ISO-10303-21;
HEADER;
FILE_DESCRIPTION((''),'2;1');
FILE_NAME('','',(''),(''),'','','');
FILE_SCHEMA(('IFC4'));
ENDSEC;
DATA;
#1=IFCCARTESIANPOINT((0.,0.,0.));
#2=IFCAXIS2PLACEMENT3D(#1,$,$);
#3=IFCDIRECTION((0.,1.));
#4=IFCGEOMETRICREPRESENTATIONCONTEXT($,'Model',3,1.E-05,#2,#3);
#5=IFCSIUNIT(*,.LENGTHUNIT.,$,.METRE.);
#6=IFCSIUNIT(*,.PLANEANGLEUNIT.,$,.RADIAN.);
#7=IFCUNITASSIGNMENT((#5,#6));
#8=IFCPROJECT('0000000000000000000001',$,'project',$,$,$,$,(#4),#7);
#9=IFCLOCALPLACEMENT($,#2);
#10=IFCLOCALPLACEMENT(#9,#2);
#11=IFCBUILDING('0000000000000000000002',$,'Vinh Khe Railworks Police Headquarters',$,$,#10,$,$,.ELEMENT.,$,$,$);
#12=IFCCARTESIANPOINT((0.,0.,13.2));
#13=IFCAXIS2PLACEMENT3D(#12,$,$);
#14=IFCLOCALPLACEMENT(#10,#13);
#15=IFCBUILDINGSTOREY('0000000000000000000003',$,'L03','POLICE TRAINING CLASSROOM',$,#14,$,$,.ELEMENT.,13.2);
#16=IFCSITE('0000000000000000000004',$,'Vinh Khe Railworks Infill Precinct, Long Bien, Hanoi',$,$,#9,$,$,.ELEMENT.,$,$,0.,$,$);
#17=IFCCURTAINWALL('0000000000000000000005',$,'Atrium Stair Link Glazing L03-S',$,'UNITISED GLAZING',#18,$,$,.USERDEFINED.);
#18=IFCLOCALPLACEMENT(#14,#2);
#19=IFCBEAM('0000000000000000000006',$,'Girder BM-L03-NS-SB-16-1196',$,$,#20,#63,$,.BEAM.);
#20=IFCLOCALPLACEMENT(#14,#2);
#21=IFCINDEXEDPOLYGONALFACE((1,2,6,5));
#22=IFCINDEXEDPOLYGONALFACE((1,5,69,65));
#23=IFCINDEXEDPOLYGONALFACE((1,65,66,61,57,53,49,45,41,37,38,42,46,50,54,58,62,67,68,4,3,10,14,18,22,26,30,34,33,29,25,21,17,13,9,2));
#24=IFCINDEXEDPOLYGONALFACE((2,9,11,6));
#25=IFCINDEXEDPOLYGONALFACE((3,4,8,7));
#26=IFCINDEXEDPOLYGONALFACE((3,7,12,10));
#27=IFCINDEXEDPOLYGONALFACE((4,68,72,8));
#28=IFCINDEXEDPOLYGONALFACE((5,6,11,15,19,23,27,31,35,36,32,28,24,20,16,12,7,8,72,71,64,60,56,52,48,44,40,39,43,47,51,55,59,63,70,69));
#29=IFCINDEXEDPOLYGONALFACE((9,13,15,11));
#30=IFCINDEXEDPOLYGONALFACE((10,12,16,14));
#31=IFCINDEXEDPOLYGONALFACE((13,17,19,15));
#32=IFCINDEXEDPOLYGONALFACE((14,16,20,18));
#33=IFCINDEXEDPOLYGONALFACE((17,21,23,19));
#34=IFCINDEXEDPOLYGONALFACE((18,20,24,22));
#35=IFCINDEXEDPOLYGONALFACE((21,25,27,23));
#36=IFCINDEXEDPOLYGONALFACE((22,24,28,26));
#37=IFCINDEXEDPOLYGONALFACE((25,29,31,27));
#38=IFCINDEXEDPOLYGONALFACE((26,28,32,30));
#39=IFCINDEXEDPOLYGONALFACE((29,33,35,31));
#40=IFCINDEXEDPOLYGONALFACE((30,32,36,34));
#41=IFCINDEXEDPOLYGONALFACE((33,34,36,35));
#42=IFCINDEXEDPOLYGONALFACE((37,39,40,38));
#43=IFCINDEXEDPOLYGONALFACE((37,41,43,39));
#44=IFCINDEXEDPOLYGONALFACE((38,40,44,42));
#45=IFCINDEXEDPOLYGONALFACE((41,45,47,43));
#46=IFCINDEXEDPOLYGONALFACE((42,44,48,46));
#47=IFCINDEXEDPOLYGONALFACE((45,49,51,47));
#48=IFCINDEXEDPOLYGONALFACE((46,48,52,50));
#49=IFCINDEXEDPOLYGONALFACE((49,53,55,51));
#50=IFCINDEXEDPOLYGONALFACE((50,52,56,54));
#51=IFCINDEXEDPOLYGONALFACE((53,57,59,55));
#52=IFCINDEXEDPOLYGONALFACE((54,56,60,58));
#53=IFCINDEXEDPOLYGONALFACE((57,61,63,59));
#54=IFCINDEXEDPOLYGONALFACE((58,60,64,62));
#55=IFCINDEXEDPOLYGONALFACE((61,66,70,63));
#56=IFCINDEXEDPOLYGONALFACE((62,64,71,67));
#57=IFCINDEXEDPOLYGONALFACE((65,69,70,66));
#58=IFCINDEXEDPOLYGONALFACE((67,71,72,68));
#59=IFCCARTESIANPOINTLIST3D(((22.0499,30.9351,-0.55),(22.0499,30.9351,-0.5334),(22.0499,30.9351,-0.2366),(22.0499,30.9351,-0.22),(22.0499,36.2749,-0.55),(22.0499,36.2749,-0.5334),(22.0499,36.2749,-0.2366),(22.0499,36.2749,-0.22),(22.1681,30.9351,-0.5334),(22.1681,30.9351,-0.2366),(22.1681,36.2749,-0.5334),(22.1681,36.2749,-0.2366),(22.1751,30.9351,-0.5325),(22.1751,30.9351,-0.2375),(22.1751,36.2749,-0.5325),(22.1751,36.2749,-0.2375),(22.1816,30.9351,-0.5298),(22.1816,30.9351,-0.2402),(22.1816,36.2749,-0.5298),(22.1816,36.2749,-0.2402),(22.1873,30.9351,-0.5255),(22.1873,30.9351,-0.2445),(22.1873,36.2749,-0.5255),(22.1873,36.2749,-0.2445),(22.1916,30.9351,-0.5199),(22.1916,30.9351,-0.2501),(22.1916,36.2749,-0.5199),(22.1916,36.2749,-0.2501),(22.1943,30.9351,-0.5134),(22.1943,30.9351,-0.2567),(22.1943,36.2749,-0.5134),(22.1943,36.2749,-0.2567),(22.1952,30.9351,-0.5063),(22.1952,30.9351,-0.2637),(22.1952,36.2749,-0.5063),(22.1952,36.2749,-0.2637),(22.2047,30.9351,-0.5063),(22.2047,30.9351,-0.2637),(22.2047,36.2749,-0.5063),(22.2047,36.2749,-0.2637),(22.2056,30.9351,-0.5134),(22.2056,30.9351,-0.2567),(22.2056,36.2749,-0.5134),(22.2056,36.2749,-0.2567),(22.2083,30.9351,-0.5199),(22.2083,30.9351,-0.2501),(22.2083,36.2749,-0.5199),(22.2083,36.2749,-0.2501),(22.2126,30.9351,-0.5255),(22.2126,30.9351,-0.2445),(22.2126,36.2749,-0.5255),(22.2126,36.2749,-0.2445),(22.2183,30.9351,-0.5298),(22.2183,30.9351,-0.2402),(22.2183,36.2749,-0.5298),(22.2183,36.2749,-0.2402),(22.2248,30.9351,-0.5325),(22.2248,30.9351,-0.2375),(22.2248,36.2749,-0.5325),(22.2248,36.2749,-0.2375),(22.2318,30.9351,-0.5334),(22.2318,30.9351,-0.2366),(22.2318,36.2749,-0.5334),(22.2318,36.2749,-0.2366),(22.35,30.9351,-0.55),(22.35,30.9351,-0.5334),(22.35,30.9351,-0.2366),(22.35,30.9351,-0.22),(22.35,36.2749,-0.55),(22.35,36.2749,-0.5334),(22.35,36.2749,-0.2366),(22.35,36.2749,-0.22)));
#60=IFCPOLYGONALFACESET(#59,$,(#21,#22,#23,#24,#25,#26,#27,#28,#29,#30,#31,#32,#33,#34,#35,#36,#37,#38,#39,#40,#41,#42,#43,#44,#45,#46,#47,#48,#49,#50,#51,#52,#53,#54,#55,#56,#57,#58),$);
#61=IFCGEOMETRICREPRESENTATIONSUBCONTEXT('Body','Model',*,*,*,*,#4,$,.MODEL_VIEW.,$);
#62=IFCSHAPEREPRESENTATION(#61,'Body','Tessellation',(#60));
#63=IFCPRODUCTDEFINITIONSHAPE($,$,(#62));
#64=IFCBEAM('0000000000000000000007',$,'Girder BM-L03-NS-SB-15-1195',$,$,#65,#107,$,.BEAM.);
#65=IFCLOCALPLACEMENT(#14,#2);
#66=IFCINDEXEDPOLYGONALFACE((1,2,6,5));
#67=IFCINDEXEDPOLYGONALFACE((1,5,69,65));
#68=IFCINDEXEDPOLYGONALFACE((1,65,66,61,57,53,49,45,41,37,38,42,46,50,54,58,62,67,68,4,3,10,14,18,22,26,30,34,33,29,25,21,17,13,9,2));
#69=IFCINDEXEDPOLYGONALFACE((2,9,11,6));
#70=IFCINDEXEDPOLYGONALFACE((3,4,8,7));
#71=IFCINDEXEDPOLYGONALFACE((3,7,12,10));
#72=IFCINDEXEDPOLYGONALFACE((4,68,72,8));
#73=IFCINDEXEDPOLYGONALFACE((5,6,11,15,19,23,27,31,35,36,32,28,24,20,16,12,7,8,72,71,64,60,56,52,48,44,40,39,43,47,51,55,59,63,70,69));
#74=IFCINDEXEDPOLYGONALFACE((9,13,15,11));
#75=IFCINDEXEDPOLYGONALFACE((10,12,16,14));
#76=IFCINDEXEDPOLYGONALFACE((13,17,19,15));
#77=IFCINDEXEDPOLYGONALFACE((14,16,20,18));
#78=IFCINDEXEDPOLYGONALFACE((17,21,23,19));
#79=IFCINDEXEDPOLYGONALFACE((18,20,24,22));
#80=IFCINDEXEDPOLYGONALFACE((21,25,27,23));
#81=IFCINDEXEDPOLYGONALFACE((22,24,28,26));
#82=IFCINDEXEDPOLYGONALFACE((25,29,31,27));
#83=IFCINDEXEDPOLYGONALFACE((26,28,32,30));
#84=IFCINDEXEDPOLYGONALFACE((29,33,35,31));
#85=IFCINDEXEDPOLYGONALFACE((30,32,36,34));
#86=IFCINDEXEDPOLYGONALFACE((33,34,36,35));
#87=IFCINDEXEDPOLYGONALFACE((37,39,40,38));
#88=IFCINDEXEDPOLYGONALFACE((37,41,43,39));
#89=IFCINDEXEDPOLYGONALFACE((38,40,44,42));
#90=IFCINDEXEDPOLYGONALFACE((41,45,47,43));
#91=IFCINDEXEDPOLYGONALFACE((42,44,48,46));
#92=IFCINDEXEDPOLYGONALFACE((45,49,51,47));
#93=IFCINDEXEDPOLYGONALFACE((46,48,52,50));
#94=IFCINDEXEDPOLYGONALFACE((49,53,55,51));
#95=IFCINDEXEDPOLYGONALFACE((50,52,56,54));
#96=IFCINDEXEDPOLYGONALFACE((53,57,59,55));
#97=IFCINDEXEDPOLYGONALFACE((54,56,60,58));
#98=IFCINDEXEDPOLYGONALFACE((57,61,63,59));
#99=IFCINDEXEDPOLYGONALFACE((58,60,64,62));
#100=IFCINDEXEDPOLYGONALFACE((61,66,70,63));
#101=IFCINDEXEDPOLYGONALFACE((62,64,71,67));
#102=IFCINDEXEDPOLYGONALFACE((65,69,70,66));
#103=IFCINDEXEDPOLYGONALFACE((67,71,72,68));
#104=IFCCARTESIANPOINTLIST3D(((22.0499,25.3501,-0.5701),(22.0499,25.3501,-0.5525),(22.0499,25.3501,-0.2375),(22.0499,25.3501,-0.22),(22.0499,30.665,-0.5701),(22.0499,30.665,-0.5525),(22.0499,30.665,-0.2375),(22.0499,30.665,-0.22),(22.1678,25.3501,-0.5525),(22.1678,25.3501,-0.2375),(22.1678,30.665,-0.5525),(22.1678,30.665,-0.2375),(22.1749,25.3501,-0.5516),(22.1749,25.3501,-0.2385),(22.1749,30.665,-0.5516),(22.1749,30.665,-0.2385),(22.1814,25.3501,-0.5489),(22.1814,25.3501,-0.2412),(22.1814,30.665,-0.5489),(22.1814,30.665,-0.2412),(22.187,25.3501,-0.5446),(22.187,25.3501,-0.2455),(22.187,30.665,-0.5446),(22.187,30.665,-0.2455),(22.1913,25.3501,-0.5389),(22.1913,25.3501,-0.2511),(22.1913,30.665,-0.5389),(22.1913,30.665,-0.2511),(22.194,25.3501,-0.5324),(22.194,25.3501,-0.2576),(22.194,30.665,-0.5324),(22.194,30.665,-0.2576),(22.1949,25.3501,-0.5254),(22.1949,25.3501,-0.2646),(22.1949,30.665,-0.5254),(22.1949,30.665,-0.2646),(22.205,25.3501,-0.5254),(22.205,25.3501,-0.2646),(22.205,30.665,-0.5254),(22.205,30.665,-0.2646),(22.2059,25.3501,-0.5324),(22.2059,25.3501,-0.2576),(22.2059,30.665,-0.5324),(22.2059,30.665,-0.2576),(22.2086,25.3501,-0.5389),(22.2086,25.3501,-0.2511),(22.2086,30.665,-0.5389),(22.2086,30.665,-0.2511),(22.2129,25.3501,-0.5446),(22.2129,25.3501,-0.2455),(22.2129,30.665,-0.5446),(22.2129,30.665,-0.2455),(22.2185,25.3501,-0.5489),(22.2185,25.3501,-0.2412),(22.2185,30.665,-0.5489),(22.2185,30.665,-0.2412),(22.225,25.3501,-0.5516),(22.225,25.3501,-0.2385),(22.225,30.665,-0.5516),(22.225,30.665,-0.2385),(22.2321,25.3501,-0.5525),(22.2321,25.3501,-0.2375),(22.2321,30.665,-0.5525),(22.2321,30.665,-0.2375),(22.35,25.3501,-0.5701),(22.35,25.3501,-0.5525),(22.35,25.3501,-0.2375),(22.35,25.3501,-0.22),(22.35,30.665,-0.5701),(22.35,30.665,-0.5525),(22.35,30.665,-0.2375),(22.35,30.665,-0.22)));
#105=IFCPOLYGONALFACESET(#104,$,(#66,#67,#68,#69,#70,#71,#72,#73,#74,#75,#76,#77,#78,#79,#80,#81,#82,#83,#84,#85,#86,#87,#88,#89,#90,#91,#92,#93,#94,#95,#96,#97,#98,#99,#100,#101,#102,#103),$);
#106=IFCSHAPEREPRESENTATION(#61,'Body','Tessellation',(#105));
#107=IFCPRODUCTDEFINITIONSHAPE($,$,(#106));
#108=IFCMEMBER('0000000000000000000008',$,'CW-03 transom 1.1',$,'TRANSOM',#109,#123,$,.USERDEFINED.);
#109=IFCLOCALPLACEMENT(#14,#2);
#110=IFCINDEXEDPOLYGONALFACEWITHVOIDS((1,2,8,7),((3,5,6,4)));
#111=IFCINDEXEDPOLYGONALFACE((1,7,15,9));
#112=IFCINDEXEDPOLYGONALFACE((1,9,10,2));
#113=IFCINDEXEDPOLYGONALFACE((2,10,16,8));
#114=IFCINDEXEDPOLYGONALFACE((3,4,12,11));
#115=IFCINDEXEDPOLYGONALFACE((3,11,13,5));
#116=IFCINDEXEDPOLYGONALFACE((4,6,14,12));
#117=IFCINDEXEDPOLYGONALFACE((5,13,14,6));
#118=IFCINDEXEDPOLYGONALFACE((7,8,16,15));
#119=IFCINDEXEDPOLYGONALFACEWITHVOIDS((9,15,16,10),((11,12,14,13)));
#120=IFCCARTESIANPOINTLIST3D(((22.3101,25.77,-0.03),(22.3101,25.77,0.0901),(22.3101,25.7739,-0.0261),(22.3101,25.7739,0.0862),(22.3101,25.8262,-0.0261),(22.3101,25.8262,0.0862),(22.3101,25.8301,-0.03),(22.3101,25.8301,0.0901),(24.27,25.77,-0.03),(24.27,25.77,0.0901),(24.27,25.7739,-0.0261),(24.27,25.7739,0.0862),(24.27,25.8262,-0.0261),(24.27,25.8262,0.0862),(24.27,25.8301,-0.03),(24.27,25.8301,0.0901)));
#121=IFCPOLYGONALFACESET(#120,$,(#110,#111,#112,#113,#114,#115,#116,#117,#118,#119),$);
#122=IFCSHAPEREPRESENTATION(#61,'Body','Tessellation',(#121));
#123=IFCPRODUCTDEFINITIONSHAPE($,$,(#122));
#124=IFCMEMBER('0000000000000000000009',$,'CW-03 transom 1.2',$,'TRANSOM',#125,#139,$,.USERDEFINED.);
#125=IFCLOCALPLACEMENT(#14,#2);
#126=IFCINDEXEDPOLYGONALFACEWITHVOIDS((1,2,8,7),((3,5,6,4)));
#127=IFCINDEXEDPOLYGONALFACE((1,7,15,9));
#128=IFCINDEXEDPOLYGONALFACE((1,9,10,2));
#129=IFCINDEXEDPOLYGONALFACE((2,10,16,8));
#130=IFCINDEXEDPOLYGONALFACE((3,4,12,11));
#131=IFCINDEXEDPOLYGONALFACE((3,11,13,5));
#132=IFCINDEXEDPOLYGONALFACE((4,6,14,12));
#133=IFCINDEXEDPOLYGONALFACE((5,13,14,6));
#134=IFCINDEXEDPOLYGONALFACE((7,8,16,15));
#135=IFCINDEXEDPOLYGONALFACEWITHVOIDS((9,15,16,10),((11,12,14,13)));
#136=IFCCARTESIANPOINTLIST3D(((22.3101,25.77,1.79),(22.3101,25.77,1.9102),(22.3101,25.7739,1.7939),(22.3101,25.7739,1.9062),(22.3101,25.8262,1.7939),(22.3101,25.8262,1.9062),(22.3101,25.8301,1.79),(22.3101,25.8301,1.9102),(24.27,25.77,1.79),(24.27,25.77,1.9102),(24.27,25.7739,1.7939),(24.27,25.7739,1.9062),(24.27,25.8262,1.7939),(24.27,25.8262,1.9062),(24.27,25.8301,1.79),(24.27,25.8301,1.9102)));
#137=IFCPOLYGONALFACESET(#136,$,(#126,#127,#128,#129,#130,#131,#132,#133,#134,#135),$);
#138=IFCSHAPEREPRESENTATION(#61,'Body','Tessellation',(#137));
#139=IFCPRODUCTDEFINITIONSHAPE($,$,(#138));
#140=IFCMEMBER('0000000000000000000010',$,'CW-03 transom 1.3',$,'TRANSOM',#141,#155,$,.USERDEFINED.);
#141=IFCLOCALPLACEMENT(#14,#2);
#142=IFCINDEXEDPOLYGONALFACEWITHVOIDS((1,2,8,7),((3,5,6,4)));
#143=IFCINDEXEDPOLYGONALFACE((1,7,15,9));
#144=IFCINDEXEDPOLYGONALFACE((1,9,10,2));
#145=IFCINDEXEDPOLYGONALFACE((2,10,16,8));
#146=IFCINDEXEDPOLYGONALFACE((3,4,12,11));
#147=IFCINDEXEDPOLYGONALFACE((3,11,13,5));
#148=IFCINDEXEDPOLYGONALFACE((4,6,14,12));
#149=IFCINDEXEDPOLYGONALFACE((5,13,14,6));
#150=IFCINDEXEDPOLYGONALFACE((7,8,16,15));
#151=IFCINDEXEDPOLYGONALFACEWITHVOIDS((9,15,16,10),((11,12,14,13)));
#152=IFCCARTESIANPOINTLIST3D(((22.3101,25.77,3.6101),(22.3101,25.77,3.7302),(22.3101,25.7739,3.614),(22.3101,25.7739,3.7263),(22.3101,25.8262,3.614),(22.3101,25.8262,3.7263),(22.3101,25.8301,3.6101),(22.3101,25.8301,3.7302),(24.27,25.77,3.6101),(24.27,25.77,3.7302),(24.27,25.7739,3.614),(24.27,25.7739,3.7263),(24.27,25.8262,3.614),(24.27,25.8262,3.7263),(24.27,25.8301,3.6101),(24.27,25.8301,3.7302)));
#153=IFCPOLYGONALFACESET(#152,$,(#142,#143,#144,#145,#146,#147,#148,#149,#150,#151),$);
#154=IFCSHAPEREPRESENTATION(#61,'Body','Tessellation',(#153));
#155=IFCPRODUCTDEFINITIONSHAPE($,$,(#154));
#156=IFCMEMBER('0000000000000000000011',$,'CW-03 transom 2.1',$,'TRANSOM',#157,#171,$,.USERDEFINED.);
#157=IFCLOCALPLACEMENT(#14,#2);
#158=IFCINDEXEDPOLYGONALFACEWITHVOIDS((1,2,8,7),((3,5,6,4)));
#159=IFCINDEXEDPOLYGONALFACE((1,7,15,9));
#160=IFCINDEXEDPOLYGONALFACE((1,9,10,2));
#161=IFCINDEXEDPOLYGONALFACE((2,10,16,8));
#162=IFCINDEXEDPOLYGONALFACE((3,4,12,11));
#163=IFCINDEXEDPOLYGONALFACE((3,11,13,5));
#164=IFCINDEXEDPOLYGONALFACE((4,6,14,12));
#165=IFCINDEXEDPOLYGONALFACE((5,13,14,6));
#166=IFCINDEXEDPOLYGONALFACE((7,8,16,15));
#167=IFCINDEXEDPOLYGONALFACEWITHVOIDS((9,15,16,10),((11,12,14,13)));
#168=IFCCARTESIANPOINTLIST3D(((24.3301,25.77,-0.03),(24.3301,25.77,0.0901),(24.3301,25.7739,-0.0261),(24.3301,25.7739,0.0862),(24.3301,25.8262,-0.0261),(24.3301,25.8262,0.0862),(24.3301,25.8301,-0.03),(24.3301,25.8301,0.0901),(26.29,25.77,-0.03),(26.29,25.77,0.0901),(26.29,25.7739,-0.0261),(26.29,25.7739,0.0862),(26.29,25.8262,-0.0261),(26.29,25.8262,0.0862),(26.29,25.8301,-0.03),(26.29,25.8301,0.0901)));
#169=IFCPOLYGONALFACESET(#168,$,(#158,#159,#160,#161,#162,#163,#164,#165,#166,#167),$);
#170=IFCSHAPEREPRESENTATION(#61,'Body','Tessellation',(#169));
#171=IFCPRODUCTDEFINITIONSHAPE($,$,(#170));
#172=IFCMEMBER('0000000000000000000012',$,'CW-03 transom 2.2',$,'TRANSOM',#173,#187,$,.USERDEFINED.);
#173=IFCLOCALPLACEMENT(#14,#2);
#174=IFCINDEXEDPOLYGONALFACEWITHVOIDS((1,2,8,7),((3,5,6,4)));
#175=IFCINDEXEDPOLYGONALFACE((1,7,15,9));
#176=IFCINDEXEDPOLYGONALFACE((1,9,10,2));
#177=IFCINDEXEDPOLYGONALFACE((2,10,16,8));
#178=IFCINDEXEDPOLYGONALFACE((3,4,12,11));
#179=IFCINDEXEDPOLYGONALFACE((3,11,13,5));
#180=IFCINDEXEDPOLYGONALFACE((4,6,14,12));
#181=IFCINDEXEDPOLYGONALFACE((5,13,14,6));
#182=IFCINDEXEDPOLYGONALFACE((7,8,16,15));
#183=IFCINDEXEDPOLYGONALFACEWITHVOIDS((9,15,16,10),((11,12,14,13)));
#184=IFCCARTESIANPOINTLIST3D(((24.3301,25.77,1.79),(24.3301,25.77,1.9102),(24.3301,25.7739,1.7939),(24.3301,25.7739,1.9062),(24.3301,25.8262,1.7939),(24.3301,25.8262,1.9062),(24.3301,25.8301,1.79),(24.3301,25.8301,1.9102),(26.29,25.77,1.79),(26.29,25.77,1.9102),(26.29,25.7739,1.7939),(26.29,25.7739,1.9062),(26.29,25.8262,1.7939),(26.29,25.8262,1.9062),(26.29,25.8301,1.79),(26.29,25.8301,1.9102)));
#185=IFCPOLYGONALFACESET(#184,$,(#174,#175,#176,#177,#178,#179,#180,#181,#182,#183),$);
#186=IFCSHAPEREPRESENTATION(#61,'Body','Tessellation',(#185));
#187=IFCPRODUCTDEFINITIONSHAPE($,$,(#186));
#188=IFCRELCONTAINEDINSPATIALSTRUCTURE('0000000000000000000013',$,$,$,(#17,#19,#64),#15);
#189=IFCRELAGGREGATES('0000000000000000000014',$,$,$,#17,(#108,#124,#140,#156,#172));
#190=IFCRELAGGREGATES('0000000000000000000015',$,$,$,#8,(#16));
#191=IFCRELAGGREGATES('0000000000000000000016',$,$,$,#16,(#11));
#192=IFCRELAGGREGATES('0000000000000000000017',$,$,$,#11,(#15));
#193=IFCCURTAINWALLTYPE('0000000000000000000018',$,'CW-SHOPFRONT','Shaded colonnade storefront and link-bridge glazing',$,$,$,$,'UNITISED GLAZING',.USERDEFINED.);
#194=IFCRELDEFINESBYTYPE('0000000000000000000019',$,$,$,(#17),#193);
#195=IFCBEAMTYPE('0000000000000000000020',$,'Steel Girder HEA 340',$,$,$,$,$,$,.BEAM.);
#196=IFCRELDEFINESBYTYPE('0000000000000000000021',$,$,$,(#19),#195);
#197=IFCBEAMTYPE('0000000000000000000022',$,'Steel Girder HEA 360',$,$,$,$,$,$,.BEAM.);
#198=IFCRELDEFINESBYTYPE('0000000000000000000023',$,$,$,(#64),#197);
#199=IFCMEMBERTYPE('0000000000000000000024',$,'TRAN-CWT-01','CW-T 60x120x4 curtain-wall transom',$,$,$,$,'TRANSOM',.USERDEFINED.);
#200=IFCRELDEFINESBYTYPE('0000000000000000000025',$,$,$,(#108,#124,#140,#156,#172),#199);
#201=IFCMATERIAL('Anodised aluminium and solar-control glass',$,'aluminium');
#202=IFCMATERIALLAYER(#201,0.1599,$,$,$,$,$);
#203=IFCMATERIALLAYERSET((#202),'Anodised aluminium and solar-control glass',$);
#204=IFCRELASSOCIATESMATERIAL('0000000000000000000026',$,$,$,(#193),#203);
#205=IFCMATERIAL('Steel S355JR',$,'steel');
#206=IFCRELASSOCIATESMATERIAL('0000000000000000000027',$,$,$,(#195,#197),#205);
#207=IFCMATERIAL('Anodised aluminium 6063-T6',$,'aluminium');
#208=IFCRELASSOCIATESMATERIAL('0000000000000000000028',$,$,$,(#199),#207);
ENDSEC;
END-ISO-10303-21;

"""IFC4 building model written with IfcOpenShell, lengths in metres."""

from ifc_helpers import new_model, si_unit, direction, frame, origin, origin_2d, place, context, subcontext, project, spatial, hollow_rectangle, i_section, extrude, material, layer, layer_set, material_profile, profile_set, type_object, element, aggregate, save


model = new_model("IFC4")

# Units and contexts
model_context = context("Model", 3, precision=1e-05, world=origin(), true_north=direction((0.0, 1.0)))
body_context = subcontext(model_context, "Body", "Model", "MODEL_VIEW")
ifc_project = project(units=[si_unit("LENGTHUNIT", "METRE"), si_unit("PLANEANGLEUNIT", "RADIAN")], contexts=[model_context])

# Site, building, storey
site_placement = place(None, origin())
site = spatial("IfcSite", under=ifc_project, at=site_placement, Name="Vinh Khe Railworks Infill Precinct, Long Bien, Hanoi", CompositionType="ELEMENT", RefElevation=0.0)
building_placement = place(site_placement, origin())
building = spatial("IfcBuilding", under=site, at=building_placement, Name="Vinh Khe Railworks Police Headquarters", CompositionType="ELEMENT")
storey_placement = place(building_placement, frame((0.0, 0.0, 13.2)))
storey = spatial("IfcBuildingStorey", under=building, at=storey_placement, Name="L03", Description="POLICE TRAINING CLASSROOM", CompositionType="ELEMENT", Elevation=13.2)

# Shared definitions
ifc_material_1 = material(Name="Steel S355JR", Category="steel")

# Curtain wall
ifc_material_2 = material(Name="Anodised aluminium and solar-control glass", Category="aluminium")
ifc_layer_1 = layer(ifc_material_2, 0.1599)
ifc_layer_set_1 = layer_set([ifc_layer_1], Name="Anodised aluminium and solar-control glass")
curtain_wall_type = type_object("IfcCurtainWallType", Name="CW-SHOPFRONT", Description="Shaded colonnade storefront and link-bridge glazing", ElementType="UNITISED GLAZING", PredefinedType="USERDEFINED", material=ifc_layer_set_1)
curtain_wall_1_placement = place(storey_placement, origin())
curtain_wall_1 = element("IfcCurtainWall", 1, at=curtain_wall_1_placement, inside=storey, type_object=curtain_wall_type, Name="Atrium Stair Link Glazing L03-S", ObjectType="UNITISED GLAZING", PredefinedType="USERDEFINED")
ifc_material_3 = material(Name="Anodised aluminium 6063-T6", Category="aluminium")

# Beams
ifc_material_profile_1 = material_profile(ifc_material_1, i_section(OverallWidth=0.3, OverallDepth=0.3301, WebThickness=0.0095, FlangeThickness=0.0166, FilletRadius=0.0271, at=origin_2d()), Name="HEA 340")
ifc_profile_set_1 = profile_set([ifc_material_profile_1], Name="Steel S355JR")
beam_type_1 = type_object("IfcBeamType", Name="Steel Girder HEA 340", PredefinedType="BEAM", material=ifc_profile_set_1)
beam_1_placement = place(storey_placement, frame((22.2, 30.9351, -0.385), z_axis=(0.0, 1.0, 0.0), x_axis=(-1.0, 0.0, 0.0)))
element("IfcBeam", 2, at=beam_1_placement, inside=storey, type_object=beam_type_1, Name="Girder BM-L03-NS-SB-16-1196", PredefinedType="BEAM", context=body_context, shape_type="SweptSolid", body=[
    extrude(i_section(OverallWidth=0.3, OverallDepth=0.3301, WebThickness=0.0095, FlangeThickness=0.0166, FilletRadius=0.0271, at=origin_2d()), origin(), (0.0, 0.0, 1.0), 5.3398),
])
ifc_material_profile_2 = material_profile(ifc_material_1, i_section(OverallWidth=0.3, OverallDepth=0.3501, WebThickness=0.01, FlangeThickness=0.0176, FilletRadius=0.0271, at=origin_2d()), Name="HEA 360")
ifc_profile_set_2 = profile_set([ifc_material_profile_2], Name="Steel S355JR")
beam_type_2 = type_object("IfcBeamType", Name="Steel Girder HEA 360", PredefinedType="BEAM", material=ifc_profile_set_2)
beam_2_placement = place(storey_placement, frame((22.2, 25.3501, -0.395), z_axis=(0.0, 1.0, 0.0), x_axis=(-1.0, 0.0, 0.0)))
element("IfcBeam", 3, at=beam_2_placement, inside=storey, type_object=beam_type_2, Name="Girder BM-L03-NS-SB-15-1195", PredefinedType="BEAM", context=body_context, shape_type="SweptSolid", body=[
    extrude(i_section(OverallWidth=0.3, OverallDepth=0.3501, WebThickness=0.01, FlangeThickness=0.0176, FilletRadius=0.0271, at=origin_2d()), origin(), (0.0, 0.0, 1.0), 5.3149),
])

# Members
ifc_material_profile_3 = material_profile(ifc_material_3, hollow_rectangle(XDim=0.0601, YDim=0.1201, WallThickness=0.0039, at=origin_2d()), Name="CW-T 60x120x4")
ifc_profile_set_3 = profile_set([ifc_material_profile_3], Name="Anodised aluminium 6063-T6")
member_type_1 = type_object("IfcMemberType", Name="TRAN-CWT-01", Description="CW-T 60x120x4 curtain-wall transom", ElementType="TRANSOM", PredefinedType="USERDEFINED", material=ifc_profile_set_3)
member_1_placement = place(storey_placement, frame((22.3101, 25.8, 0.03), z_axis=(1.0, 0.0, 0.0), x_axis=(0.0, 1.0, 0.0)))
member_1 = element("IfcMember", 4, at=member_1_placement, type_object=member_type_1, Name="CW-03 transom 1.1", ObjectType="TRANSOM", PredefinedType="USERDEFINED", context=body_context, shape_type="SweptSolid", body=[
    extrude(hollow_rectangle(XDim=0.0601, YDim=0.1201, WallThickness=0.0039, at=origin_2d()), origin(), (0.0, 0.0, 1.0), 1.96),
])
member_2_placement = place(storey_placement, frame((22.3101, 25.8, 1.8501), z_axis=(1.0, 0.0, 0.0), x_axis=(0.0, 1.0, 0.0)))
member_2 = element("IfcMember", 5, at=member_2_placement, type_object=member_type_1, Name="CW-03 transom 1.2", ObjectType="TRANSOM", PredefinedType="USERDEFINED", context=body_context, shape_type="SweptSolid", body=[
    extrude(hollow_rectangle(XDim=0.0601, YDim=0.1201, WallThickness=0.0039, at=origin_2d()), origin(), (0.0, 0.0, 1.0), 1.96),
])
member_3_placement = place(storey_placement, frame((22.3101, 25.8, 3.6702), z_axis=(1.0, 0.0, 0.0), x_axis=(0.0, 1.0, 0.0)))
member_3 = element("IfcMember", 6, at=member_3_placement, type_object=member_type_1, Name="CW-03 transom 1.3", ObjectType="TRANSOM", PredefinedType="USERDEFINED", context=body_context, shape_type="SweptSolid", body=[
    extrude(hollow_rectangle(XDim=0.0601, YDim=0.1201, WallThickness=0.0039, at=origin_2d()), origin(), (0.0, 0.0, 1.0), 1.96),
])
member_4_placement = place(storey_placement, frame((24.3301, 25.8, 0.03), z_axis=(1.0, 0.0, 0.0), x_axis=(0.0, 1.0, 0.0)))
member_4 = element("IfcMember", 7, at=member_4_placement, type_object=member_type_1, Name="CW-03 transom 2.1", ObjectType="TRANSOM", PredefinedType="USERDEFINED", context=body_context, shape_type="SweptSolid", body=[
    extrude(hollow_rectangle(XDim=0.0601, YDim=0.1201, WallThickness=0.0039, at=origin_2d()), origin(), (0.0, 0.0, 1.0), 1.96),
])
member_5_placement = place(storey_placement, frame((24.3301, 25.8, 1.8501), z_axis=(1.0, 0.0, 0.0), x_axis=(0.0, 1.0, 0.0)))
member_5 = element("IfcMember", 8, at=member_5_placement, type_object=member_type_1, Name="CW-03 transom 2.2", ObjectType="TRANSOM", PredefinedType="USERDEFINED", context=body_context, shape_type="SweptSolid", body=[
    extrude(hollow_rectangle(XDim=0.0601, YDim=0.1201, WallThickness=0.0039, at=origin_2d()), origin(), (0.0, 0.0, 1.0), 1.96),
])

aggregate(curtain_wall_1, [member_1, member_2, member_3, member_4, member_5])

save(model, "model.ifc")
